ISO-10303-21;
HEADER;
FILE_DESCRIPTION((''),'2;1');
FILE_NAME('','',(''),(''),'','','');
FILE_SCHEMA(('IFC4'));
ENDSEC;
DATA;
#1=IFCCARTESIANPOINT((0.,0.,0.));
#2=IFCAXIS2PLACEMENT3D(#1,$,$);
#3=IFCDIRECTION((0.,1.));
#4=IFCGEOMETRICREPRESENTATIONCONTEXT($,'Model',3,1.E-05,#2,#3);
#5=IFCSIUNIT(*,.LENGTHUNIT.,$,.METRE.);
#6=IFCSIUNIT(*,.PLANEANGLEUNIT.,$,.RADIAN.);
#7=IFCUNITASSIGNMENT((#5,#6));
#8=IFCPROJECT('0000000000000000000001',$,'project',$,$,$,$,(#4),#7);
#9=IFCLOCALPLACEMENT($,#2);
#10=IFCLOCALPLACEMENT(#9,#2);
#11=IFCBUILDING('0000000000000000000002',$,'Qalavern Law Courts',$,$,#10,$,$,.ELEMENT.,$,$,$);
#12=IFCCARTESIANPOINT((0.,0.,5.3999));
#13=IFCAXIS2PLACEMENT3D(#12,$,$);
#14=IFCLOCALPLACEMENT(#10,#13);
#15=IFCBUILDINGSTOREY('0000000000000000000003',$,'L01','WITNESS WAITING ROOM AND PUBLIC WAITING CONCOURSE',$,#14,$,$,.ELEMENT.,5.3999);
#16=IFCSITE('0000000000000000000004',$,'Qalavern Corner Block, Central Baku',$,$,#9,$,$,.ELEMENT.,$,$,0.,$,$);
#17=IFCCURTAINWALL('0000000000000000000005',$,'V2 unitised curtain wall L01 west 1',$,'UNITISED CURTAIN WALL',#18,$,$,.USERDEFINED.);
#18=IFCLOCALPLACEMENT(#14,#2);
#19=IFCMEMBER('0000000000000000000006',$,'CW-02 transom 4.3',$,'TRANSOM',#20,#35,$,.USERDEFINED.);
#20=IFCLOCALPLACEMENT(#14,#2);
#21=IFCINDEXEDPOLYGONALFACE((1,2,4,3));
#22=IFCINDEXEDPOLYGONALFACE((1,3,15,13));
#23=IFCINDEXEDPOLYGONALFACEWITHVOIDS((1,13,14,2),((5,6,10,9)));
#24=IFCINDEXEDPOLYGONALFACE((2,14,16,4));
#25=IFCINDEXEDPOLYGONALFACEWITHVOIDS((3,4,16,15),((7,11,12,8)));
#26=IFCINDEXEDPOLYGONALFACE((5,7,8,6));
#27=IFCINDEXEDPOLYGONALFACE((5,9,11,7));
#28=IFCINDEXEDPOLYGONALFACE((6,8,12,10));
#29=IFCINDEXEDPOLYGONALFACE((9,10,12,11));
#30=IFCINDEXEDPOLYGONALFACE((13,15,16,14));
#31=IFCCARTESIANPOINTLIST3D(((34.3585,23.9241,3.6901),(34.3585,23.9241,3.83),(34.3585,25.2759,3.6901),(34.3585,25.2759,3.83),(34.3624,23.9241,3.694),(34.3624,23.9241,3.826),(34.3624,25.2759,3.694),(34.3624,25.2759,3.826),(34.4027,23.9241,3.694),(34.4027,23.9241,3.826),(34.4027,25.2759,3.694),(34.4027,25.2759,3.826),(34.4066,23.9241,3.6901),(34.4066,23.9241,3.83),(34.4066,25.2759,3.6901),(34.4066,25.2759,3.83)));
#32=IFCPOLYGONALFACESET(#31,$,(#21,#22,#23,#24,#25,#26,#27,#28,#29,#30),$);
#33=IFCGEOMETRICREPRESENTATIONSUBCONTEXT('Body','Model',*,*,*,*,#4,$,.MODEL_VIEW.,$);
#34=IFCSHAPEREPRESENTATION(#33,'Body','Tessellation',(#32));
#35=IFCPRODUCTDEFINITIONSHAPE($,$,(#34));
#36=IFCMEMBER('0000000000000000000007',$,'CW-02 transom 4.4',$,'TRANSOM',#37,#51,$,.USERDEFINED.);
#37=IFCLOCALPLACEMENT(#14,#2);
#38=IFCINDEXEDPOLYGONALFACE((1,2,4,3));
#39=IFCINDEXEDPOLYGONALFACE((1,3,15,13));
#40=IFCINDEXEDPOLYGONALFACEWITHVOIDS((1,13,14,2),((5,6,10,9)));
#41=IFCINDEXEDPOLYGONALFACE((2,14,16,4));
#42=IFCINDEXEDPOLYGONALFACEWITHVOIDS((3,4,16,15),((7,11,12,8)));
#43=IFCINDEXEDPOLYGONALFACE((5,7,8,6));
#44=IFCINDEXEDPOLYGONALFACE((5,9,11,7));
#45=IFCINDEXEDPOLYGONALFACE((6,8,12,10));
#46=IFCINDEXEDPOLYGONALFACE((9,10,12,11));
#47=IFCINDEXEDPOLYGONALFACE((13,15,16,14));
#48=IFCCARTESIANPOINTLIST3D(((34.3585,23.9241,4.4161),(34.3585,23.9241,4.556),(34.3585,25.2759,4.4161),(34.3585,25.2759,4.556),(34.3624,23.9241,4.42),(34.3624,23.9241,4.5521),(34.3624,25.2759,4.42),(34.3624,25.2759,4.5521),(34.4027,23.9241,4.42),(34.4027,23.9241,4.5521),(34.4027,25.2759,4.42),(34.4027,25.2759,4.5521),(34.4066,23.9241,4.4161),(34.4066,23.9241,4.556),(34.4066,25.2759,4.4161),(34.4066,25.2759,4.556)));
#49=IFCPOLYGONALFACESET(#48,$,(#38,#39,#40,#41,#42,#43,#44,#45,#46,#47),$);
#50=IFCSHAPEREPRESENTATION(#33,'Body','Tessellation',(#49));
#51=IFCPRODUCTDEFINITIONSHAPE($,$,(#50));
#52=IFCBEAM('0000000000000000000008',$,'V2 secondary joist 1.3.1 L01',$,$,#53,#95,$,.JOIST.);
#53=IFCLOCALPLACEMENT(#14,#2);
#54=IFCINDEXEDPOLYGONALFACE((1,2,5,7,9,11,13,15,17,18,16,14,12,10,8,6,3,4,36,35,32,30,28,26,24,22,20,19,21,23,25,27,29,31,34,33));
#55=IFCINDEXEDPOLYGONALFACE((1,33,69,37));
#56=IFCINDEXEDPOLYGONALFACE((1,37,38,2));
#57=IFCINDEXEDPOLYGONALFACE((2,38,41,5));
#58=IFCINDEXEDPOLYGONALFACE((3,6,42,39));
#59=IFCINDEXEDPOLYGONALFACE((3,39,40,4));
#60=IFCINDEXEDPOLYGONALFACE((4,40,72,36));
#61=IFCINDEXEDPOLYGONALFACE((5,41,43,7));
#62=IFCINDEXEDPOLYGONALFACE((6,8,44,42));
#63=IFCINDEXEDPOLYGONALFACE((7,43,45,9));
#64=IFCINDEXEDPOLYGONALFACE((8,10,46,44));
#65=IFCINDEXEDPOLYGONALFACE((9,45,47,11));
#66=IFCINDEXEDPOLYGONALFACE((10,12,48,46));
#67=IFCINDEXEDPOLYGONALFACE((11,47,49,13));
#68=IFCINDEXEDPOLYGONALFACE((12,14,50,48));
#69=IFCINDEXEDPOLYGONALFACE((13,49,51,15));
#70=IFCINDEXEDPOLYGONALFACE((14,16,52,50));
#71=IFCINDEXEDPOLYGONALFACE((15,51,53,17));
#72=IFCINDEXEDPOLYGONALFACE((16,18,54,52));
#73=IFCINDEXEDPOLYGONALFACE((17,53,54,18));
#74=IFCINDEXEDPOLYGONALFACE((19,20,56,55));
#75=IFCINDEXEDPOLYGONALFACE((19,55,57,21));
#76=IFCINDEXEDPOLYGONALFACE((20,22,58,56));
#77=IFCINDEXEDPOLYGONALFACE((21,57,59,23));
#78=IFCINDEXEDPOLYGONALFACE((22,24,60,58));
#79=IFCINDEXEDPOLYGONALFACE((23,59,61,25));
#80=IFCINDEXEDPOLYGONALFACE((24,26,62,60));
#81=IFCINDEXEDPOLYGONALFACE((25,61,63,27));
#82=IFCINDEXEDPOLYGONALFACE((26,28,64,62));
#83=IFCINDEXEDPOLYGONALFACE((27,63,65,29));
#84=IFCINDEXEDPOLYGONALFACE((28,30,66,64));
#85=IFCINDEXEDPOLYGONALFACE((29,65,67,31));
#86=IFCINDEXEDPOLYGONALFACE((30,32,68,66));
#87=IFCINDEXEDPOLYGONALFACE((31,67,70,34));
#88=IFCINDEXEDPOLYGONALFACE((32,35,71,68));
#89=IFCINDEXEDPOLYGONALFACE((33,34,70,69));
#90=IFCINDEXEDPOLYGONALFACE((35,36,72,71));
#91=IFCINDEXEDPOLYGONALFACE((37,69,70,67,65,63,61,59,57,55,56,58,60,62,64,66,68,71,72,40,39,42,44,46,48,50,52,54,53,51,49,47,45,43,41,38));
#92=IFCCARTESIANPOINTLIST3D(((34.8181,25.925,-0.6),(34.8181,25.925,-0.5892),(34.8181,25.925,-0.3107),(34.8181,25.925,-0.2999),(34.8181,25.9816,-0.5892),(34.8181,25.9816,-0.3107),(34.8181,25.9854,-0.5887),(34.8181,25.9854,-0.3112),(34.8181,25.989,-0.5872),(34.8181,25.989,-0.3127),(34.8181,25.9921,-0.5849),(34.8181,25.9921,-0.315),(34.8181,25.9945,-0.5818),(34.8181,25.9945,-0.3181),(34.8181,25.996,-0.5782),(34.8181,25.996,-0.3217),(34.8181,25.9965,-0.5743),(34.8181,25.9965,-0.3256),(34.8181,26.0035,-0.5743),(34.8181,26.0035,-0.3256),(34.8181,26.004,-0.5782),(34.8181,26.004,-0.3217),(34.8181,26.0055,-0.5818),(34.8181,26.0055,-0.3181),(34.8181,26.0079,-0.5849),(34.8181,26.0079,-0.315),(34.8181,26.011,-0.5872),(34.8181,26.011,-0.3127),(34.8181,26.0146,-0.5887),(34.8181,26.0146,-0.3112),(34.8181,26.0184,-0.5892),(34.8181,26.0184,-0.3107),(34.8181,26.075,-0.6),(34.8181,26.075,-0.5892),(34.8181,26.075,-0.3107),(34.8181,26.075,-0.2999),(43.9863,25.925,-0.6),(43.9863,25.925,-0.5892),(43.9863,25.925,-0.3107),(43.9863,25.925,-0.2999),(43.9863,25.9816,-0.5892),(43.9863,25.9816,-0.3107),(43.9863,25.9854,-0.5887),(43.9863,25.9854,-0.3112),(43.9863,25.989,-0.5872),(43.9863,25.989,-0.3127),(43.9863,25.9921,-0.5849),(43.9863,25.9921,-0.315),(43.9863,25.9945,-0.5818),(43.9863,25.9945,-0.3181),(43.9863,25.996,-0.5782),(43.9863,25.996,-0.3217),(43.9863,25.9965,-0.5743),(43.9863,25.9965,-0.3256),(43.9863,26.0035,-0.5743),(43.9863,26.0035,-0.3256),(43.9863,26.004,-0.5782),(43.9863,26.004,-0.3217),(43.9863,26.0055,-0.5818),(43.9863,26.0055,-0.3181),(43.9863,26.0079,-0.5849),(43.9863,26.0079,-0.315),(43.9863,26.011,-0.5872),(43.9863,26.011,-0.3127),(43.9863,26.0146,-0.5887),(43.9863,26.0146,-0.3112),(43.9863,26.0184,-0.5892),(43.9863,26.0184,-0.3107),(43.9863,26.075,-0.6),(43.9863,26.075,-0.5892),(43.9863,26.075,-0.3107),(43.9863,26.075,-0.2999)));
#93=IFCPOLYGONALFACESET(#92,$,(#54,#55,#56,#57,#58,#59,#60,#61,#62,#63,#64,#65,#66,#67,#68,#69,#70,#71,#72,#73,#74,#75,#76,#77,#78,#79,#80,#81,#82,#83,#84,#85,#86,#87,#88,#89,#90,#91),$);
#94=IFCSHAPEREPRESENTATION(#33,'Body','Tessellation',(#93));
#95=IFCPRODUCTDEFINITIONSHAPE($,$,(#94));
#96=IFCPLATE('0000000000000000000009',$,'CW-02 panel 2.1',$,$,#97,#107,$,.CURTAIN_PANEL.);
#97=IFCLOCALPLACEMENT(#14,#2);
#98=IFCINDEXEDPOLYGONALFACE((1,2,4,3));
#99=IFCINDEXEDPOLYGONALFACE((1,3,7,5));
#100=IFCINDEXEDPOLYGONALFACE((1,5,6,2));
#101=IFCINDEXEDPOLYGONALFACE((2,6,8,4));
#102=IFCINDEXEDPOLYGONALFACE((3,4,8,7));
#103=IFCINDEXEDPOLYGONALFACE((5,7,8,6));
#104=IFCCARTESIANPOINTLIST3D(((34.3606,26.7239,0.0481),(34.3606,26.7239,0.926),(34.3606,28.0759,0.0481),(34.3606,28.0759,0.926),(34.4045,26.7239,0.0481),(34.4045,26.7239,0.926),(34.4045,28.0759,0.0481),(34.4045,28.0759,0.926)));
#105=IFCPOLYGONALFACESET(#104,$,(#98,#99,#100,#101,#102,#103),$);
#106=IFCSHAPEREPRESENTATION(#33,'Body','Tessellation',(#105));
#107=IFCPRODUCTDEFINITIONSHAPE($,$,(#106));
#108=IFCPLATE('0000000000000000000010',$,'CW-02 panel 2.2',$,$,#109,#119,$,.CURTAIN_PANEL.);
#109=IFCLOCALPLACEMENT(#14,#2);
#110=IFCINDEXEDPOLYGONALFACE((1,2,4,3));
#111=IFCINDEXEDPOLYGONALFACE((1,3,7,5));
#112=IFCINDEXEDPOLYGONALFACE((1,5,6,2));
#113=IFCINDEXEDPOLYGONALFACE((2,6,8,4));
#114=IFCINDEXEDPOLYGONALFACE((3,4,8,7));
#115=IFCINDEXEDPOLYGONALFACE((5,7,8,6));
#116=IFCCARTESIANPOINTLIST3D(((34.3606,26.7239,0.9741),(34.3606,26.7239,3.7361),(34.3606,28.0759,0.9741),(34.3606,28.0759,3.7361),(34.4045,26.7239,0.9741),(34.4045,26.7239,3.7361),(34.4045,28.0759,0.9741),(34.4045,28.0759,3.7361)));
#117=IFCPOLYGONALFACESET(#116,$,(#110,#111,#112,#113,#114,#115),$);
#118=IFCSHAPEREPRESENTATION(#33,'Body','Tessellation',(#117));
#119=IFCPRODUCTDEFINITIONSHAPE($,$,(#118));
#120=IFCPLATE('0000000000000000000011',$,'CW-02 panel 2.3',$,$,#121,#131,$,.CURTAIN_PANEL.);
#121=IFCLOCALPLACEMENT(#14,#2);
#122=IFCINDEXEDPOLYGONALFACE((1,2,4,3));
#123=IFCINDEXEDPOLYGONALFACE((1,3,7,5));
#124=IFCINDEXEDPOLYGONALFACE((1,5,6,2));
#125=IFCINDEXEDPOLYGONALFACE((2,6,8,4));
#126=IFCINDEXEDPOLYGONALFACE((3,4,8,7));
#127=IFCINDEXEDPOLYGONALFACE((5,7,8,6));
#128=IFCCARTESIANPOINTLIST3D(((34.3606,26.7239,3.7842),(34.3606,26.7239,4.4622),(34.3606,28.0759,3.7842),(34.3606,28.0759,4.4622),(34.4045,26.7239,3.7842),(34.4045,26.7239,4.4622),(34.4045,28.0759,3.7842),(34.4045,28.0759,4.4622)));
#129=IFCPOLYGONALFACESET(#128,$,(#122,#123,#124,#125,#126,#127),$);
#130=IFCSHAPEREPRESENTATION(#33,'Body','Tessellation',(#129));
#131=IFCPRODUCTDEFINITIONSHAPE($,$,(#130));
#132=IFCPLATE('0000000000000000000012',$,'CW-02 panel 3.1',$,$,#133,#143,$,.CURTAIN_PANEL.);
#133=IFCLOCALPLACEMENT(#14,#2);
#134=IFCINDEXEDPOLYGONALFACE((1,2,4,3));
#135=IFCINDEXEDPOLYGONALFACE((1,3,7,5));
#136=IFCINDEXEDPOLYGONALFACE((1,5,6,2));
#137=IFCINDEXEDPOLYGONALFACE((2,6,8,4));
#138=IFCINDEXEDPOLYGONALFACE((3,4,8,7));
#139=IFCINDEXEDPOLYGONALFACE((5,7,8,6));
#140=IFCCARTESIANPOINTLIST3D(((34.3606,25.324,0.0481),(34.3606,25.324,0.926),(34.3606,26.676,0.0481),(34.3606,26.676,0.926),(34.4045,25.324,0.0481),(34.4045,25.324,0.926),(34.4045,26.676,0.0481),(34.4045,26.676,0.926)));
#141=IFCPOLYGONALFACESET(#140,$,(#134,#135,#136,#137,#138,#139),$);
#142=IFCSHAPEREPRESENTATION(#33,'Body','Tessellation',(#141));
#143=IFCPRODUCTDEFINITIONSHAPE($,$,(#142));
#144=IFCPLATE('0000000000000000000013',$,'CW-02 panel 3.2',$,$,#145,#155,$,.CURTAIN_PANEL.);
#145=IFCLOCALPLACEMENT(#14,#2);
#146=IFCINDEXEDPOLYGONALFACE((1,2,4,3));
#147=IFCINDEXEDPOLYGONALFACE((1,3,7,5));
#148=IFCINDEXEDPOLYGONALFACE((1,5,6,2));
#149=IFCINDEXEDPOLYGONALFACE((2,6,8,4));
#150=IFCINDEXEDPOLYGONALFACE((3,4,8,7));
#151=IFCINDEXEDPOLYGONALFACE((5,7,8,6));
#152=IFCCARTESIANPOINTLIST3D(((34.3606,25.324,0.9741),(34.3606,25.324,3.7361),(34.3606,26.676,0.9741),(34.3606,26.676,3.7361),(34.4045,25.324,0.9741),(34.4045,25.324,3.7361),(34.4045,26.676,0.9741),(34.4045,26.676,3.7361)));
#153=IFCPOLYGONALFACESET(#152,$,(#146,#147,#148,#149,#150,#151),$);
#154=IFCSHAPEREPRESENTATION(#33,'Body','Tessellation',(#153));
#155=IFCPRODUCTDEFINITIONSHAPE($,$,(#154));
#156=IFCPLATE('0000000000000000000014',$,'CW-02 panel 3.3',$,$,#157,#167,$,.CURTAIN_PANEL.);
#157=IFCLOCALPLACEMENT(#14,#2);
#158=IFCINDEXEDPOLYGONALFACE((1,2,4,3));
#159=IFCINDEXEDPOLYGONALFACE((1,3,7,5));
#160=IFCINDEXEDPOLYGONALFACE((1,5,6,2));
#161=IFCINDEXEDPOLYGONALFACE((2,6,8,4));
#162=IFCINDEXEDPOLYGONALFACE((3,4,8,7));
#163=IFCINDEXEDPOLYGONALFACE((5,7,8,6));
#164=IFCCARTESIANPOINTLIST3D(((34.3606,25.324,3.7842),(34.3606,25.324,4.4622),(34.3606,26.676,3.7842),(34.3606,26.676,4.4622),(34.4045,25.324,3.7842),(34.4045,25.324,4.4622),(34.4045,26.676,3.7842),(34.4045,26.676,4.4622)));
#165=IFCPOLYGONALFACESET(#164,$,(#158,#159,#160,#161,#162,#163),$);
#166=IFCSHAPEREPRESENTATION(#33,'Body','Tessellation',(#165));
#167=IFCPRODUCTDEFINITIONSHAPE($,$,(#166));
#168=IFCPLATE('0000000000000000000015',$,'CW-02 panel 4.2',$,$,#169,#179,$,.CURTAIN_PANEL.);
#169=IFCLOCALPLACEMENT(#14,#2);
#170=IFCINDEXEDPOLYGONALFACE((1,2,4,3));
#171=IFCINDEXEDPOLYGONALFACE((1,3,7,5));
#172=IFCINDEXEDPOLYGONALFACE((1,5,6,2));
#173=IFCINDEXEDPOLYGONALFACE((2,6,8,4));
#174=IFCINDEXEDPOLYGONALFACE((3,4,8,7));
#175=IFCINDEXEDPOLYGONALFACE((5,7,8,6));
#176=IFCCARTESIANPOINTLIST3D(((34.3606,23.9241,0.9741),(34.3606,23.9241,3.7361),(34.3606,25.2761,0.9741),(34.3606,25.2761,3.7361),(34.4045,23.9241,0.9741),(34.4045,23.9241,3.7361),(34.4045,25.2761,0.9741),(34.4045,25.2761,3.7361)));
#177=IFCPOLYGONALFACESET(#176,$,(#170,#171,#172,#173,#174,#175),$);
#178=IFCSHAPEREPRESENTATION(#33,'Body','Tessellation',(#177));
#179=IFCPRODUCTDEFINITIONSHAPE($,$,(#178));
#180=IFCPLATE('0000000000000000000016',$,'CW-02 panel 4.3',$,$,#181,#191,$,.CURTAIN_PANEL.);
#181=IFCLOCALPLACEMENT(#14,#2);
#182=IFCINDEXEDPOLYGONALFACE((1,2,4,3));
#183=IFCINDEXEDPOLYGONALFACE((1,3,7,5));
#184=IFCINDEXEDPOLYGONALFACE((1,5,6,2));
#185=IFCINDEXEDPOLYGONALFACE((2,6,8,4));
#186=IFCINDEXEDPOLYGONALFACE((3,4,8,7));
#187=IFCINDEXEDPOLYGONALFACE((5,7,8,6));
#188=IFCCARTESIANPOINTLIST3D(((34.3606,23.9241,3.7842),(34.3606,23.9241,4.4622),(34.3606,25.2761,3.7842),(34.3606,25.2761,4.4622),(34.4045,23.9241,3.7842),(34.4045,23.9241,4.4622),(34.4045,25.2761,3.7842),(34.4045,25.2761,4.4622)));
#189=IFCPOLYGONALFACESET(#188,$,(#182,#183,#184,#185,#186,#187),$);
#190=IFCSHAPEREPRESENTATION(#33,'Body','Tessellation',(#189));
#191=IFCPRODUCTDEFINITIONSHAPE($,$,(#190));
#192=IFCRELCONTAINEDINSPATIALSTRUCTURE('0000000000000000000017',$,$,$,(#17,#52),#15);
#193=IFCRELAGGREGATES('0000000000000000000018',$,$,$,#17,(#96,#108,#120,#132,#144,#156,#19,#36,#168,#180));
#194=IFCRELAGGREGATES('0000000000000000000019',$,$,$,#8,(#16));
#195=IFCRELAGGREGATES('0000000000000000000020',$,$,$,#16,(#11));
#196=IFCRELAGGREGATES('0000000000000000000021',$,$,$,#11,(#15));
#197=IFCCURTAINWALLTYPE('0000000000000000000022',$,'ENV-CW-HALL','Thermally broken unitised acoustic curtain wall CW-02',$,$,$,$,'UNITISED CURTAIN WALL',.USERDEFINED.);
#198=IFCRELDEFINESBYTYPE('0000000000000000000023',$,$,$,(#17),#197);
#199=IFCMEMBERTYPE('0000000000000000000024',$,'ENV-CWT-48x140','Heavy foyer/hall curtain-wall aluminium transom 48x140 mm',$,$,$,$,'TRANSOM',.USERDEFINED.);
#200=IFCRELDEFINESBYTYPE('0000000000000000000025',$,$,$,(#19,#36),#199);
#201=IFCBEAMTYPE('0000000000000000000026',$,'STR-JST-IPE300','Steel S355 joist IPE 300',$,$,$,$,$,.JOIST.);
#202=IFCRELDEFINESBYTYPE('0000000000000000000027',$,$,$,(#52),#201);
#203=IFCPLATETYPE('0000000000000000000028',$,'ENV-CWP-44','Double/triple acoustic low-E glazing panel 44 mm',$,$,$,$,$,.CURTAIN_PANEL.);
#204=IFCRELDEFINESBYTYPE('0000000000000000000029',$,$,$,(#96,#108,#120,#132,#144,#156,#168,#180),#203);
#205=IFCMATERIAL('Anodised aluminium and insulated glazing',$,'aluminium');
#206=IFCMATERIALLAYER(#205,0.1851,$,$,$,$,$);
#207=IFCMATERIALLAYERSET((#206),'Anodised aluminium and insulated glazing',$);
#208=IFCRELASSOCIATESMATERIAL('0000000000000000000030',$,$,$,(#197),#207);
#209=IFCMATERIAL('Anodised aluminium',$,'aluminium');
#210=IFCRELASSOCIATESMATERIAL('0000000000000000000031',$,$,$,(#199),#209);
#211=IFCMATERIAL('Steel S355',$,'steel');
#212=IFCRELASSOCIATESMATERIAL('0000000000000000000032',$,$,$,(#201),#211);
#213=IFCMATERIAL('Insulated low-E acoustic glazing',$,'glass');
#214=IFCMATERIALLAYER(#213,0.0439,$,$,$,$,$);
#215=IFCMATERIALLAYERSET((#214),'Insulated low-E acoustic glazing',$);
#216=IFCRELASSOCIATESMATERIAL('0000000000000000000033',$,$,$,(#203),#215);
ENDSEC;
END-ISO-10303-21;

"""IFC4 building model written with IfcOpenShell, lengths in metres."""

from ifc_helpers import new_model, si_unit, direction, frame, origin, origin_2d, place, context, subcontext, project, spatial, rectangle, hollow_rectangle, i_section, extrude, material, layer, layer_set, material_profile, profile_set, type_object, element, aggregate, save


model = new_model("IFC4")

# Units and contexts
model_context = context("Model", 3, precision=1e-05, world=origin(), true_north=direction((0.0, 1.0)))
body_context = subcontext(model_context, "Body", "Model", "MODEL_VIEW")
ifc_project = project(units=[si_unit("LENGTHUNIT", "METRE"), si_unit("PLANEANGLEUNIT", "RADIAN")], contexts=[model_context])

# Site, building, storey
site_placement = place(None, origin())
site = spatial("IfcSite", under=ifc_project, at=site_placement, Name="Qalavern Corner Block, Central Baku", CompositionType="ELEMENT", RefElevation=0.0)
building_placement = place(site_placement, origin())
building = spatial("IfcBuilding", under=site, at=building_placement, Name="Qalavern Law Courts", CompositionType="ELEMENT")
storey_placement = place(building_placement, frame((0.0, 0.0, 5.3999)))
storey = spatial("IfcBuildingStorey", under=building, at=storey_placement, Name="L01", Description="WITNESS WAITING ROOM AND PUBLIC WAITING CONCOURSE", CompositionType="ELEMENT", Elevation=5.3999)

# Curtain wall, members
ifc_material_1 = material(Name="Anodised aluminium and insulated glazing", Category="aluminium")
ifc_layer_1 = layer(ifc_material_1, 0.1851)
ifc_layer_set_1 = layer_set([ifc_layer_1], Name="Anodised aluminium and insulated glazing")
curtain_wall_type = type_object("IfcCurtainWallType", Name="ENV-CW-HALL", Description="Thermally broken unitised acoustic curtain wall CW-02", ElementType="UNITISED CURTAIN WALL", PredefinedType="USERDEFINED", material=ifc_layer_set_1)
curtain_wall_placement = place(storey_placement, origin())
curtain_wall = element("IfcCurtainWall", 1, at=curtain_wall_placement, inside=storey, type_object=curtain_wall_type, Name="V2 unitised curtain wall L01 west 1", ObjectType="UNITISED CURTAIN WALL", PredefinedType="USERDEFINED")
ifc_material_2 = material(Name="Anodised aluminium", Category="aluminium")
ifc_material_profile_1 = material_profile(ifc_material_2, hollow_rectangle(XDim=0.0481, YDim=0.1399, WallThickness=0.0039, at=origin_2d()), Name="ALU TRANSOM 48x140")
ifc_profile_set_1 = profile_set([ifc_material_profile_1], Name="Anodised aluminium")
member_type_1 = type_object("IfcMemberType", Name="ENV-CWT-48x140", Description="Heavy foyer/hall curtain-wall aluminium transom 48x140 mm", ElementType="TRANSOM", PredefinedType="USERDEFINED", material=ifc_profile_set_1)
member_1_placement = place(storey_placement, frame((34.3826, 25.2759, 3.76), z_axis=(0.0, -1.0, 0.0), x_axis=(1.0, 0.0, 0.0)))
member_1 = element("IfcMember", 2, at=member_1_placement, type_object=member_type_1, Name="CW-02 transom 4.3", ObjectType="TRANSOM", PredefinedType="USERDEFINED", context=body_context, shape_type="SweptSolid", body=[
    extrude(hollow_rectangle(XDim=0.0481, YDim=0.1399, WallThickness=0.0039, at=origin_2d()), origin(), (0.0, 0.0, 1.0), 1.3518),
])
member_2_placement = place(storey_placement, frame((34.3826, 25.2759, 4.4861), z_axis=(0.0, -1.0, 0.0), x_axis=(1.0, 0.0, 0.0)))
member_2 = element("IfcMember", 3, at=member_2_placement, type_object=member_type_1, Name="CW-02 transom 4.4", ObjectType="TRANSOM", PredefinedType="USERDEFINED", context=body_context, shape_type="SweptSolid", body=[
    extrude(hollow_rectangle(XDim=0.0481, YDim=0.1399, WallThickness=0.0039, at=origin_2d()), origin(), (0.0, 0.0, 1.0), 1.3518),
])

# Beam
ifc_material_3 = material(Name="Steel S355", Category="steel")
ifc_material_profile_2 = material_profile(ifc_material_3, i_section(OverallWidth=0.1499, OverallDepth=0.3, WebThickness=0.0071, FlangeThickness=0.0107, FilletRadius=0.0149, at=origin_2d()), Name="IPE 300")
ifc_profile_set_2 = profile_set([ifc_material_profile_2], Name="Steel S355")
beam_type = type_object("IfcBeamType", Name="STR-JST-IPE300", Description="Steel S355 joist IPE 300", PredefinedType="JOIST", material=ifc_profile_set_2)
beam_placement = place(storey_placement, frame((34.8181, 26.0, -0.45), z_axis=(1.0, 0.0, 0.0), x_axis=(0.0, 1.0, 0.0)))
element("IfcBeam", 4, at=beam_placement, inside=storey, type_object=beam_type, Name="V2 secondary joist 1.3.1 L01", PredefinedType="JOIST", context=body_context, shape_type="SweptSolid", body=[
    extrude(i_section(OverallWidth=0.1499, OverallDepth=0.3, WebThickness=0.0071, FlangeThickness=0.0107, FilletRadius=0.0149, at=origin_2d()), origin(), (0.0, 0.0, 1.0), 9.1682),
])

# Plates
ifc_material_4 = material(Name="Insulated low-E acoustic glazing", Category="glass")
ifc_layer_2 = layer(ifc_material_4, 0.0439)
ifc_layer_set_2 = layer_set([ifc_layer_2], Name="Insulated low-E acoustic glazing")
plate_type = type_object("IfcPlateType", Name="ENV-CWP-44", Description="Double/triple acoustic low-E glazing panel 44 mm", PredefinedType="CURTAIN_PANEL", material=ifc_layer_set_2)
plate_1_placement = place(storey_placement, frame((34.3826, 27.3999, 0.0481), z_axis=(0.0, 0.0, 1.0), x_axis=(0.0, -1.0, 0.0)))
plate_1 = element("IfcPlate", 5, at=plate_1_placement, type_object=plate_type, Name="CW-02 panel 2.1", PredefinedType="CURTAIN_PANEL", context=body_context, shape_type="SweptSolid", body=[
    extrude(rectangle(XDim=1.3521, YDim=0.0439, at=origin_2d()), origin(), (0.0, 0.0, 1.0), 0.8779),
])
plate_2_placement = place(storey_placement, frame((34.3826, 27.3999, 0.9741), z_axis=(0.0, 0.0, 1.0), x_axis=(0.0, -1.0, 0.0)))
plate_2 = element("IfcPlate", 6, at=plate_2_placement, type_object=plate_type, Name="CW-02 panel 2.2", PredefinedType="CURTAIN_PANEL", context=body_context, shape_type="SweptSolid", body=[
    extrude(rectangle(XDim=1.3521, YDim=0.0439, at=origin_2d()), origin(), (0.0, 0.0, 1.0), 2.762),
])
plate_3_placement = place(storey_placement, frame((34.3826, 27.3999, 3.7842), z_axis=(0.0, 0.0, 1.0), x_axis=(0.0, -1.0, 0.0)))
plate_3 = element("IfcPlate", 7, at=plate_3_placement, type_object=plate_type, Name="CW-02 panel 2.3", PredefinedType="CURTAIN_PANEL", context=body_context, shape_type="SweptSolid", body=[
    extrude(rectangle(XDim=1.3521, YDim=0.0439, at=origin_2d()), origin(), (0.0, 0.0, 1.0), 0.678),
])
plate_4_placement = place(storey_placement, frame((34.3826, 26.0, 0.0481), z_axis=(0.0, 0.0, 1.0), x_axis=(0.0, -1.0, 0.0)))
plate_4 = element("IfcPlate", 8, at=plate_4_placement, type_object=plate_type, Name="CW-02 panel 3.1", PredefinedType="CURTAIN_PANEL", context=body_context, shape_type="SweptSolid", body=[
    extrude(rectangle(XDim=1.3521, YDim=0.0439, at=origin_2d()), origin(), (0.0, 0.0, 1.0), 0.8779),
])
plate_5_placement = place(storey_placement, frame((34.3826, 26.0, 0.9741), z_axis=(0.0, 0.0, 1.0), x_axis=(0.0, -1.0, 0.0)))
plate_5 = element("IfcPlate", 9, at=plate_5_placement, type_object=plate_type, Name="CW-02 panel 3.2", PredefinedType="CURTAIN_PANEL", context=body_context, shape_type="SweptSolid", body=[
    extrude(rectangle(XDim=1.3521, YDim=0.0439, at=origin_2d()), origin(), (0.0, 0.0, 1.0), 2.762),
])
plate_6_placement = place(storey_placement, frame((34.3826, 26.0, 3.7842), z_axis=(0.0, 0.0, 1.0), x_axis=(0.0, -1.0, 0.0)))
plate_6 = element("IfcPlate", 10, at=plate_6_placement, type_object=plate_type, Name="CW-02 panel 3.3", PredefinedType="CURTAIN_PANEL", context=body_context, shape_type="SweptSolid", body=[
    extrude(rectangle(XDim=1.3521, YDim=0.0439, at=origin_2d()), origin(), (0.0, 0.0, 1.0), 0.678),
])
plate_7_placement = place(storey_placement, frame((34.3826, 24.6001, 0.9741), z_axis=(0.0, 0.0, 1.0), x_axis=(0.0, -1.0, 0.0)))
plate_7 = element("IfcPlate", 11, at=plate_7_placement, type_object=plate_type, Name="CW-02 panel 4.2", PredefinedType="CURTAIN_PANEL", context=body_context, shape_type="SweptSolid", body=[
    extrude(rectangle(XDim=1.3521, YDim=0.0439, at=origin_2d()), origin(), (0.0, 0.0, 1.0), 2.762),
])
plate_8_placement = place(storey_placement, frame((34.3826, 24.6001, 3.7842), z_axis=(0.0, 0.0, 1.0), x_axis=(0.0, -1.0, 0.0)))
plate_8 = element("IfcPlate", 12, at=plate_8_placement, type_object=plate_type, Name="CW-02 panel 4.3", PredefinedType="CURTAIN_PANEL", context=body_context, shape_type="SweptSolid", body=[
    extrude(rectangle(XDim=1.3521, YDim=0.0439, at=origin_2d()), origin(), (0.0, 0.0, 1.0), 0.678),
])
aggregate(curtain_wall, [plate_1, plate_2, plate_3, plate_4, plate_5, plate_6, member_1, member_2, plate_7, plate_8])

save(model, "model.ifc")
